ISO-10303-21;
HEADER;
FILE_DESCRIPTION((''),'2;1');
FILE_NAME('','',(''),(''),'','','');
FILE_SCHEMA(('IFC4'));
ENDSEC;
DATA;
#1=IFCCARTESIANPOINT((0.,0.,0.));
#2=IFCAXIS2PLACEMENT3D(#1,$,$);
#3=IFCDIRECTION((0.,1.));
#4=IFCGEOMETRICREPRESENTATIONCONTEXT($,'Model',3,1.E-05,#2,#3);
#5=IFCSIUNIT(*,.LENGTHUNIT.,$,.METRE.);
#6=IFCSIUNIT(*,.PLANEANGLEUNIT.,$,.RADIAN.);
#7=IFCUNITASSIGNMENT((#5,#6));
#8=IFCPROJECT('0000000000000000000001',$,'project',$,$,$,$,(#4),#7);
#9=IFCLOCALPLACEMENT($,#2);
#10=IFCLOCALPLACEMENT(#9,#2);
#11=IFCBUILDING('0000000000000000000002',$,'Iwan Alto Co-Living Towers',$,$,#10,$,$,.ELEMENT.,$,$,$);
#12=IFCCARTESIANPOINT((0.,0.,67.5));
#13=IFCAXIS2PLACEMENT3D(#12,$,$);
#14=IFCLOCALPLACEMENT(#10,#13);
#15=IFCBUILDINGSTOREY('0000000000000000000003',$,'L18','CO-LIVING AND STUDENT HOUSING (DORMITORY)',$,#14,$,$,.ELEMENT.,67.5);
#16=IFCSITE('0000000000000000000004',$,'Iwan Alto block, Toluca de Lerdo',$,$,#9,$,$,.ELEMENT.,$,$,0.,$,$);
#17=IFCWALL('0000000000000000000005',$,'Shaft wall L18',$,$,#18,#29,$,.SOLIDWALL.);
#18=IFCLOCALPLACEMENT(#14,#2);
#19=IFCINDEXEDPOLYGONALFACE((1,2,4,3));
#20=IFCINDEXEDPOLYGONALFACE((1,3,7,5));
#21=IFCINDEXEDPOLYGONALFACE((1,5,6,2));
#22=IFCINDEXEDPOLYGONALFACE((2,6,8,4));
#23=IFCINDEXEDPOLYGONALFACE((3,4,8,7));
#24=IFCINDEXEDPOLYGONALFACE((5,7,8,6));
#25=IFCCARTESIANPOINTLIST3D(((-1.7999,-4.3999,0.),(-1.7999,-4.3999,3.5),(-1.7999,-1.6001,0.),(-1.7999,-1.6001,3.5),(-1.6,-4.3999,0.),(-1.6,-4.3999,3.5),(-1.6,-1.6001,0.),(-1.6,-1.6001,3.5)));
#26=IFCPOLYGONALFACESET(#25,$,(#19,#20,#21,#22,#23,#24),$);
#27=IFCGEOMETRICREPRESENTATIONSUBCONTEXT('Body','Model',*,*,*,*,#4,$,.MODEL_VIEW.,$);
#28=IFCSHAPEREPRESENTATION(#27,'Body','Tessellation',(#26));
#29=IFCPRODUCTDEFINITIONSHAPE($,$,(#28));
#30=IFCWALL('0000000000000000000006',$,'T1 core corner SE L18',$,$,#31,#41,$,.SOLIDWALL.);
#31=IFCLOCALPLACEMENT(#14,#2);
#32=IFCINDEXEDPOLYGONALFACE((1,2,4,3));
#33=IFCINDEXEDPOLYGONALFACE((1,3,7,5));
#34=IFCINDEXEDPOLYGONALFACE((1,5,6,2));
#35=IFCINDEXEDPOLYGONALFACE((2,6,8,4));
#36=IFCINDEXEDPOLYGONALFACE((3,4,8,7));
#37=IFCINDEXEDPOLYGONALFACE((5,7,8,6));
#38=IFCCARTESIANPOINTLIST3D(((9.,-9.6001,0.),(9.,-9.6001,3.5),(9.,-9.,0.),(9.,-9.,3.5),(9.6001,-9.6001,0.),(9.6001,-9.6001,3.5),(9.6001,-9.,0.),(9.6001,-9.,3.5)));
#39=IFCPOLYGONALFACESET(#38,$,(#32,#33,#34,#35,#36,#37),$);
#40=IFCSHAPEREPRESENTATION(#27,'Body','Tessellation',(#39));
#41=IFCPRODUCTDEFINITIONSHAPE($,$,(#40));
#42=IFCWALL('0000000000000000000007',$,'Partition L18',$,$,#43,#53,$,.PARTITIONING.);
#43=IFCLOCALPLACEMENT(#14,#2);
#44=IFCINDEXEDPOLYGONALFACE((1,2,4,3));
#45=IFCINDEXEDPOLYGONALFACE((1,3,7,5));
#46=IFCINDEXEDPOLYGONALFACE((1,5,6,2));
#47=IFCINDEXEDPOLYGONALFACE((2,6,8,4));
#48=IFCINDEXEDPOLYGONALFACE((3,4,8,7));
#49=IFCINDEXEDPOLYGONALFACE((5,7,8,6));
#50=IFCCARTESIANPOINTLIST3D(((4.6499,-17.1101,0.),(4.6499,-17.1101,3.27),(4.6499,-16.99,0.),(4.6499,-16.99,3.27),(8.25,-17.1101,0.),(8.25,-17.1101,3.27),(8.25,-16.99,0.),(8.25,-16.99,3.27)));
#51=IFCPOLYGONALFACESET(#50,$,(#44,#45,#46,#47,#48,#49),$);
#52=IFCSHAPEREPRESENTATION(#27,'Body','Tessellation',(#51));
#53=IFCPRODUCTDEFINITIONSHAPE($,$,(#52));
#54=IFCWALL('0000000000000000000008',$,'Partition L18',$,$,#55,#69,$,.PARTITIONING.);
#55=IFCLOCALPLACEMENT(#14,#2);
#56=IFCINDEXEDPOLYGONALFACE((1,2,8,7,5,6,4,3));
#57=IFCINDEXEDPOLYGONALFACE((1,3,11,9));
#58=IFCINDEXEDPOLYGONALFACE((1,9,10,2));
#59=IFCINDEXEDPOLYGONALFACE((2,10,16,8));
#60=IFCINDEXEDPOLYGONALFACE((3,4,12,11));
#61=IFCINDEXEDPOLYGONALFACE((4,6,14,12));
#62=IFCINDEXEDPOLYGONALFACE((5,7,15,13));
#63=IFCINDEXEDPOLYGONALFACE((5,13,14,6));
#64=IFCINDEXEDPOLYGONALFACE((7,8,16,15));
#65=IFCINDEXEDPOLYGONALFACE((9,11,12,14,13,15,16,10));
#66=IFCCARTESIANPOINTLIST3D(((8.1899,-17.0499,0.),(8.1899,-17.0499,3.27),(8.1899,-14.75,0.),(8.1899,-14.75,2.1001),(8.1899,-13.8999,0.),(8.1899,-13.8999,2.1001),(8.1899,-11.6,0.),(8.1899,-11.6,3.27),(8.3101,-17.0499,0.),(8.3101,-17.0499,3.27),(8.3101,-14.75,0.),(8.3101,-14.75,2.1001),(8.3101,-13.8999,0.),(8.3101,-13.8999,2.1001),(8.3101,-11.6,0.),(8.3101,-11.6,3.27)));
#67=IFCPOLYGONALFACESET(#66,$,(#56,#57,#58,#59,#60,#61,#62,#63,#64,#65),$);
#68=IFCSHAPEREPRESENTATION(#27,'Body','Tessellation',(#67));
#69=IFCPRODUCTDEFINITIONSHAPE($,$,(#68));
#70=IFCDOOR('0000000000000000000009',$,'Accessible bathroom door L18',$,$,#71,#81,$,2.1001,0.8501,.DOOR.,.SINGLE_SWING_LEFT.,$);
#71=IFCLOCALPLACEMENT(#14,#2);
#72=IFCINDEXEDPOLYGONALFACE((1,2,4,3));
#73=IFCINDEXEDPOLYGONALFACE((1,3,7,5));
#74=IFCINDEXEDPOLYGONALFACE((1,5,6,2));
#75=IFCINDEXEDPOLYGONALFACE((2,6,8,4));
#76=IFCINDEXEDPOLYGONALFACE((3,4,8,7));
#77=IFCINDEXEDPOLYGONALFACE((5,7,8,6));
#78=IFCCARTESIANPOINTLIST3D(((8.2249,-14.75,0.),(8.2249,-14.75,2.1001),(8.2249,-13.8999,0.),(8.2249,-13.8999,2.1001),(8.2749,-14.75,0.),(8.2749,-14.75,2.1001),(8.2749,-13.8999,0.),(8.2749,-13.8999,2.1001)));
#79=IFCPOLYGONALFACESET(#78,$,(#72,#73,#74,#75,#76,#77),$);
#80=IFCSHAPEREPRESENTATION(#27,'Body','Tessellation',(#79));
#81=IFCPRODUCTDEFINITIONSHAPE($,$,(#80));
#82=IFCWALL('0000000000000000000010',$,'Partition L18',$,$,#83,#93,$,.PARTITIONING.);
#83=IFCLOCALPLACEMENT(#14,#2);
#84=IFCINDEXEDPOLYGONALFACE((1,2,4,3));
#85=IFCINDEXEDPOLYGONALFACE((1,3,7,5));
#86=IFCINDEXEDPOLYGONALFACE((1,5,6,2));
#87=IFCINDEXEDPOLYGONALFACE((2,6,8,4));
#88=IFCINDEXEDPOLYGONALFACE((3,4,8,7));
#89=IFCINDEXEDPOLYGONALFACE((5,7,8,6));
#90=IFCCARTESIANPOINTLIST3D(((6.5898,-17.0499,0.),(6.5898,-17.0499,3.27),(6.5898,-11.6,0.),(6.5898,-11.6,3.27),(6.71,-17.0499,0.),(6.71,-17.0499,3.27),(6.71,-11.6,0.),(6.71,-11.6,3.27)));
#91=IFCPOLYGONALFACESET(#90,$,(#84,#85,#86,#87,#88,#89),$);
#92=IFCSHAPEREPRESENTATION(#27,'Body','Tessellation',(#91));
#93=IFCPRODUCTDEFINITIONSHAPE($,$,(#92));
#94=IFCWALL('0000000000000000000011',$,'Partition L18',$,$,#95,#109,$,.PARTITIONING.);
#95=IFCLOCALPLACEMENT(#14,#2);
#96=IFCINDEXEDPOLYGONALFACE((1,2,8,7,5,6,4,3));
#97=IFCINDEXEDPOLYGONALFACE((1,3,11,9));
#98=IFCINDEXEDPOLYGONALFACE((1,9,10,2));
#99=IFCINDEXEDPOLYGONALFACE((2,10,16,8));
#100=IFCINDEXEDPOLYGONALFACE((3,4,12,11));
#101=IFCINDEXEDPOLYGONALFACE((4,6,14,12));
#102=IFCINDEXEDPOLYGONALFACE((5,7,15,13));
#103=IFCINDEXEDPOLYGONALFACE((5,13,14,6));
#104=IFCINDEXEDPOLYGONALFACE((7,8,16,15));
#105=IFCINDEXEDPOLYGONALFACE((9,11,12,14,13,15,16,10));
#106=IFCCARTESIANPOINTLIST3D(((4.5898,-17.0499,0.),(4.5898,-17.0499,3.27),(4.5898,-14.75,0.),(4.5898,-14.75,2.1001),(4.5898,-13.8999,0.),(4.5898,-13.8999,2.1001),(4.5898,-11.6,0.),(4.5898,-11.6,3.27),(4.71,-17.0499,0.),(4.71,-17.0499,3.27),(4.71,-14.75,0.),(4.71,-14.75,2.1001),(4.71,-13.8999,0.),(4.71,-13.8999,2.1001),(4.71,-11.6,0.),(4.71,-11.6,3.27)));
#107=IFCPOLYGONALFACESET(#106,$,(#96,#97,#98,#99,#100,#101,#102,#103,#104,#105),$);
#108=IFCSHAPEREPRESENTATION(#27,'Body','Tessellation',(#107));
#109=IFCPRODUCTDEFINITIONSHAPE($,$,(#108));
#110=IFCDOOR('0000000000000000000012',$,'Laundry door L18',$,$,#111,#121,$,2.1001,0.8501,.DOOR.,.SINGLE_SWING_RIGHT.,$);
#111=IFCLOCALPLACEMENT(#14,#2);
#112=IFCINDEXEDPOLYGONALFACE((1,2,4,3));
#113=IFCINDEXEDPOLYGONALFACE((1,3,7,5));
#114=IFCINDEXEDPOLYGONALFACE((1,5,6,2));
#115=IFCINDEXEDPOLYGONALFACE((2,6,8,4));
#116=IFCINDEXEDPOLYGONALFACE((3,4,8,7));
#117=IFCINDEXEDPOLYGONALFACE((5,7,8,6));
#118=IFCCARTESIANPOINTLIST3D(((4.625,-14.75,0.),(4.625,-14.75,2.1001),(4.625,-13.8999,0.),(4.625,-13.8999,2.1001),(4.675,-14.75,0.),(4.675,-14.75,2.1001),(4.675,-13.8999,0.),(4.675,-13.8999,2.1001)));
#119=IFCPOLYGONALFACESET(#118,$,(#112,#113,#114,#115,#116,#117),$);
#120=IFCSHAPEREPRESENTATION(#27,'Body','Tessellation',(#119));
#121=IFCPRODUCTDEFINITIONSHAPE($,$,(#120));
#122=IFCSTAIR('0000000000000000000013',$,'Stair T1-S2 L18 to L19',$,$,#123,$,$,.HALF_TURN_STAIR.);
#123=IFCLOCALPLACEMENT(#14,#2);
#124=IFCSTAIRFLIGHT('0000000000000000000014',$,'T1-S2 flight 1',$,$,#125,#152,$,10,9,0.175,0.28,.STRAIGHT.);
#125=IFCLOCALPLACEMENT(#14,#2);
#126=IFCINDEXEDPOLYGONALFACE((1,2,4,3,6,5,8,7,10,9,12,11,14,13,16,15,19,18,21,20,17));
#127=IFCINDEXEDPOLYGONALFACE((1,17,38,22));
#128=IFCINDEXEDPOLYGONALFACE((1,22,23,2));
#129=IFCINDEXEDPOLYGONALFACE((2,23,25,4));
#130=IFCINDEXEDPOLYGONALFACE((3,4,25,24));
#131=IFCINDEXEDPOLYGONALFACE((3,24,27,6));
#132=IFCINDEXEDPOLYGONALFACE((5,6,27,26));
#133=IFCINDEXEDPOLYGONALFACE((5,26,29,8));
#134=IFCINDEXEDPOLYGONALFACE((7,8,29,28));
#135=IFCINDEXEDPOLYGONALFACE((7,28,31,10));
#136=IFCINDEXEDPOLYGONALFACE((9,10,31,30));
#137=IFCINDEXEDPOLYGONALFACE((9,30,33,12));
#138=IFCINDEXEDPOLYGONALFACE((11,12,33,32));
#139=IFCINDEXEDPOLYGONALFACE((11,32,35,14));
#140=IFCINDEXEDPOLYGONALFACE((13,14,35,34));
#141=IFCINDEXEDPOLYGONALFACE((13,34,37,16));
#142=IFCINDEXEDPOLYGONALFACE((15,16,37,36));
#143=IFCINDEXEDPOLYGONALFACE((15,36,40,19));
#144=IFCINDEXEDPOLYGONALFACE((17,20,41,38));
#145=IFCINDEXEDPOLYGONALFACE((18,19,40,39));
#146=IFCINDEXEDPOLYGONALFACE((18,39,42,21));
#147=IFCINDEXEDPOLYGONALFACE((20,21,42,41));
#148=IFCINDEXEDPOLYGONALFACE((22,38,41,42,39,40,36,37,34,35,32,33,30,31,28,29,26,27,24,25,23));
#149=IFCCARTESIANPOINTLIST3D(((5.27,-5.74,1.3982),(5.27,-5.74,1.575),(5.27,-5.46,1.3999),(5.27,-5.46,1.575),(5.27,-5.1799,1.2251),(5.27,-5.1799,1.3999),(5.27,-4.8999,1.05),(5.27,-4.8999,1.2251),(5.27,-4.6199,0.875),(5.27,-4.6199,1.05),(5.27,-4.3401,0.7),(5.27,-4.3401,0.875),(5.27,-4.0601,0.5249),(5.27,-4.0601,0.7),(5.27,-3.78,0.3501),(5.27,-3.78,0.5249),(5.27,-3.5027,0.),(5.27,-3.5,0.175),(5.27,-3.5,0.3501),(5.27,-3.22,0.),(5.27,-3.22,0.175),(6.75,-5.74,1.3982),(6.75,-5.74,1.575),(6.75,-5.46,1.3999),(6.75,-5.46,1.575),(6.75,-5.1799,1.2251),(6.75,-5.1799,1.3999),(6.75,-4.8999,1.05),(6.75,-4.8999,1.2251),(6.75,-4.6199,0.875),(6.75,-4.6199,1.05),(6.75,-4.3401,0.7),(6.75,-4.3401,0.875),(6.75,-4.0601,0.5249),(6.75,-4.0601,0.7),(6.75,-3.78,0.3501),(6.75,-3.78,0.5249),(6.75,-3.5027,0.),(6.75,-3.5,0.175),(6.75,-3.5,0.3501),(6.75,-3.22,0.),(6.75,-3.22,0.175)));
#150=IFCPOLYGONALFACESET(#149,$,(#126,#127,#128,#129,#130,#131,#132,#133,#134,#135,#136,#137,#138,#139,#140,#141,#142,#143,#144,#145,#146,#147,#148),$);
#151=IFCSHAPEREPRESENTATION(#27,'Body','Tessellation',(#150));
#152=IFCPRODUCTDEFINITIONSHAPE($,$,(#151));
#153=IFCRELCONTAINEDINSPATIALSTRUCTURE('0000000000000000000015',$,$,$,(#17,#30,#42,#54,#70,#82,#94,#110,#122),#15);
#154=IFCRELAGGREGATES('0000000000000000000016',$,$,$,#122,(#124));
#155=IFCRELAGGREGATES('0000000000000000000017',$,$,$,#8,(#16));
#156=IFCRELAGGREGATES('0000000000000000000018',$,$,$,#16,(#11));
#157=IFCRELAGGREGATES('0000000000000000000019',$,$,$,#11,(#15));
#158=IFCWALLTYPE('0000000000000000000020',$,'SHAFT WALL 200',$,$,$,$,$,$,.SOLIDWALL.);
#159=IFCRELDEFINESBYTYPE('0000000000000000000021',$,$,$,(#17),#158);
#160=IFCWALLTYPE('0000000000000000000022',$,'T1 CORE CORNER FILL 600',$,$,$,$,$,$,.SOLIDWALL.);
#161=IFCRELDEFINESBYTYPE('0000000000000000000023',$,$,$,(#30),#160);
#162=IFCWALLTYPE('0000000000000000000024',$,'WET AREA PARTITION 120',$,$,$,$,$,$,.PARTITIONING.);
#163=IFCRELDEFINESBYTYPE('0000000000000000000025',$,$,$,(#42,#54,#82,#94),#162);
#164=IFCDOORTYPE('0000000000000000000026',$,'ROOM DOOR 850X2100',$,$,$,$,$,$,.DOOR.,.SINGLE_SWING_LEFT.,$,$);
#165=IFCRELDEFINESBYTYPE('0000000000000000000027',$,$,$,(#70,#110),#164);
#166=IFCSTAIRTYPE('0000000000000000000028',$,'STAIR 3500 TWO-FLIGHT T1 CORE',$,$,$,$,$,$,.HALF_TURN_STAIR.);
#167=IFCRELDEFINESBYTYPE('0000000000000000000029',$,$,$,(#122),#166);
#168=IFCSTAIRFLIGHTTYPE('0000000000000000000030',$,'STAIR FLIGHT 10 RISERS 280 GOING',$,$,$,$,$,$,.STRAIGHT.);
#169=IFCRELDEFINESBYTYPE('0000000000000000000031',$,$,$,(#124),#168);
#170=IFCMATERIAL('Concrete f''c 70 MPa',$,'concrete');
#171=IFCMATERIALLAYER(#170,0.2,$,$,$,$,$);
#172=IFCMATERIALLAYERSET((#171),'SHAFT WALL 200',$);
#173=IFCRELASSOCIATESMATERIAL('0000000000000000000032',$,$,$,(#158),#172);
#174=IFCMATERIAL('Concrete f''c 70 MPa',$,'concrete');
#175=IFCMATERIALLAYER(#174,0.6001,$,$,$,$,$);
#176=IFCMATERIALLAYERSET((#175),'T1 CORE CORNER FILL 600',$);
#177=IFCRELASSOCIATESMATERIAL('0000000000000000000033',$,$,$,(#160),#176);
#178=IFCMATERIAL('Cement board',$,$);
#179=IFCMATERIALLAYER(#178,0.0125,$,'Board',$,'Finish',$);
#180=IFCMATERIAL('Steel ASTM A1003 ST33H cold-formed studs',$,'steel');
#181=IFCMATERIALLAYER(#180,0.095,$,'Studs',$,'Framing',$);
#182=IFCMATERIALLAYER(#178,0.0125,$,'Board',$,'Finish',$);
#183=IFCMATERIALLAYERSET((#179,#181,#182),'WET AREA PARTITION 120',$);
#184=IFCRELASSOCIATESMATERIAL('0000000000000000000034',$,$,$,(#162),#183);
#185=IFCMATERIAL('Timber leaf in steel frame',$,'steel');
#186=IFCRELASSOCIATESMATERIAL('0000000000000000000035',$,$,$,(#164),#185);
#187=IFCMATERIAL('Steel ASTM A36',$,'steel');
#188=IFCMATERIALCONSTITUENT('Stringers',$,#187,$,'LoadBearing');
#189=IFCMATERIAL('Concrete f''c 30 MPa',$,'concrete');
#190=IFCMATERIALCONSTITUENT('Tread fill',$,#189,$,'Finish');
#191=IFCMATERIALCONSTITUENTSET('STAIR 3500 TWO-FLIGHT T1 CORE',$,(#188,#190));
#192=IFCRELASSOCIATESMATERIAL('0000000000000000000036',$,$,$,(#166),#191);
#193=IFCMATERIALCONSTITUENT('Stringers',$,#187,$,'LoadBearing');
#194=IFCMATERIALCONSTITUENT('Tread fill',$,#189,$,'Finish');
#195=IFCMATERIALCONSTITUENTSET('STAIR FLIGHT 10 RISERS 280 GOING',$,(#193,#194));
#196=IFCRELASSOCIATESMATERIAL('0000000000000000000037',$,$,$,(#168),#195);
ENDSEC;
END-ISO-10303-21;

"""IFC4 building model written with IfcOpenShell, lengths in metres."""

from ifc_helpers import new_model, si_unit, direction, frame, frame_2d, origin, place, context, subcontext, project, spatial, polyline, rectangle, outline, extrude, material, layer, layer_set, constituent, constituent_set, type_object, element, fill, aggregate, save


model = new_model("IFC4")

# Units and contexts
model_context = context("Model", 3, precision=1e-05, world=origin(), true_north=direction((0.0, 1.0)))
body_context = subcontext(model_context, "Body", "Model", "MODEL_VIEW")
ifc_project = project(units=[si_unit("LENGTHUNIT", "METRE"), si_unit("PLANEANGLEUNIT", "RADIAN")], contexts=[model_context])

# Site, building, storey
site_placement = place(None, origin())
site = spatial("IfcSite", under=ifc_project, at=site_placement, Name="Iwan Alto block, Toluca de Lerdo", CompositionType="ELEMENT", RefElevation=0.0)
building_placement = place(site_placement, origin())
building = spatial("IfcBuilding", under=site, at=building_placement, Name="Iwan Alto Co-Living Towers", CompositionType="ELEMENT")
storey_placement = place(building_placement, frame((0.0, 0.0, 67.5)))
storey = spatial("IfcBuildingStorey", under=building, at=storey_placement, Name="L18", Description="CO-LIVING AND STUDENT HOUSING (DORMITORY)", CompositionType="ELEMENT", Elevation=67.5)

# Shared definitions
ifc_material_1 = material(Name="Concrete f'c 70 MPa", Category="concrete")
ifc_layer_1 = layer(ifc_material_1, 0.2)
ifc_layer_set_1 = layer_set([ifc_layer_1], Name="SHAFT WALL 200")
wall_type_1 = type_object("IfcWallType", Name="SHAFT WALL 200", PredefinedType="SOLIDWALL", material=ifc_layer_set_1)

# Walls
wall_1_placement = place(storey_placement, frame((-1.7, -4.3999, 0.0), z_axis=(0.0, 0.0, 1.0), x_axis=(0.0, 1.0, 0.0)))
element("IfcWall", 1, at=wall_1_placement, inside=storey, type_object=wall_type_1, Name="Shaft wall L18", PredefinedType="SOLIDWALL", context=body_context, shape_type="SweptSolid", body=[
    extrude(rectangle(XDim=2.7998, YDim=0.2, at=frame_2d((1.3999, 0.0))), origin(), (0.0, 0.0, 1.0), 3.5),
])
ifc_material_2 = material(Name="Concrete f'c 70 MPa", Category="concrete")
ifc_layer_2 = layer(ifc_material_2, 0.6001)
ifc_layer_set_2 = layer_set([ifc_layer_2], Name="T1 CORE CORNER FILL 600")
wall_type_2 = type_object("IfcWallType", Name="T1 CORE CORNER FILL 600", PredefinedType="SOLIDWALL", material=ifc_layer_set_2)
wall_2_placement = place(storey_placement, frame((9.0, -9.3, 0.0), z_axis=(0.0, 0.0, 1.0), x_axis=(1.0, 0.0, 0.0)))
element("IfcWall", 2, at=wall_2_placement, inside=storey, type_object=wall_type_2, Name="T1 core corner SE L18", PredefinedType="SOLIDWALL", context=body_context, shape_type="SweptSolid", body=[
    extrude(rectangle(XDim=0.6001, YDim=0.6001, at=frame_2d((0.3, 0.0))), origin(), (0.0, 0.0, 1.0), 3.5),
])
ifc_material_3 = material(Name="Cement board")
ifc_layer_3 = layer(ifc_material_3, 0.0125, Name="Board", Category="Finish")
ifc_material_4 = material(Name="Steel ASTM A1003 ST33H cold-formed studs", Category="steel")
ifc_layer_4 = layer(ifc_material_4, 0.095, Name="Studs", Category="Framing")
ifc_layer_5 = layer(ifc_material_3, 0.0125, Name="Board", Category="Finish")
ifc_layer_set_3 = layer_set([ifc_layer_3, ifc_layer_4, ifc_layer_5], Name="WET AREA PARTITION 120")
wall_type_3 = type_object("IfcWallType", Name="WET AREA PARTITION 120", PredefinedType="PARTITIONING", material=ifc_layer_set_3)
wall_3_placement = place(storey_placement, frame((4.6499, -17.05, 0.0), z_axis=(0.0, 0.0, 1.0), x_axis=(1.0, 0.0, 0.0)))
element("IfcWall", 3, at=wall_3_placement, inside=storey, type_object=wall_type_3, Name="Partition L18", PredefinedType="PARTITIONING", context=body_context, shape_type="SweptSolid", body=[
    extrude(rectangle(XDim=3.6001, YDim=0.1201, at=frame_2d((1.8, 0.0))), origin(), (0.0, 0.0, 1.0), 3.27),
])

# Wall, opening, door
wall_4_placement = place(storey_placement, frame((8.25, -17.05, 0.0), z_axis=(0.0, 0.0, 1.0), x_axis=(0.0, 1.0, 0.0)))
wall_4 = element("IfcWall", 4, at=wall_4_placement, inside=storey, type_object=wall_type_3, Name="Partition L18", PredefinedType="PARTITIONING", context=body_context, shape_type="SweptSolid", body=[
    extrude(rectangle(XDim=5.45, YDim=0.1201, at=frame_2d((2.7251, 0.0))), origin(), (0.0, 0.0, 1.0), 3.27),
])
opening_1_placement = place(wall_4_placement, frame((2.3, 0.0, 0.0)))
opening_1 = element("IfcOpeningElement", 5, at=opening_1_placement, cuts=wall_4, PredefinedType="OPENING", context=body_context, shape_type="SweptSolid", body=[
    extrude(rectangle(XDim=0.8501, YDim=2.1001, at=frame_2d((0.425, 1.05))), frame((0.0, 0.0701, 0.0), z_axis=(0.0, -1.0, 0.0), x_axis=(1.0, 0.0, 0.0)), (0.0, 0.0, 1.0), 0.1401),
])
ifc_material_5 = material(Name="Timber leaf in steel frame", Category="steel")
door_type_1 = type_object("IfcDoorType", Name="ROOM DOOR 850X2100", OperationType="SINGLE_SWING_LEFT", PredefinedType="DOOR", material=ifc_material_5)
door_1_placement = place(opening_1_placement, frame((0.8501, 0.0, 0.0), z_axis=(0.0, 0.0, 1.0), x_axis=(-1.0, 0.0, 0.0)))
door_1 = element("IfcDoor", 6, at=door_1_placement, inside=storey, type_object=door_type_1, Name="Accessible bathroom door L18", OperationType="SINGLE_SWING_LEFT", OverallHeight=2.1001, OverallWidth=0.8501, PredefinedType="DOOR", context=body_context, shape_type="SweptSolid", body=[
    extrude(rectangle(XDim=0.8501, YDim=2.1001, at=frame_2d((0.425, 1.05))), frame((0.0, 0.0249, 0.0), z_axis=(0.0, -1.0, 0.0), x_axis=(1.0, 0.0, 0.0)), (0.0, 0.0, 1.0), 0.05),
])
fill(opening_1, door_1)

# Wall
wall_5_placement = place(storey_placement, frame((6.6499, -17.05, 0.0), z_axis=(0.0, 0.0, 1.0), x_axis=(0.0, 1.0, 0.0)))
element("IfcWall", 7, at=wall_5_placement, inside=storey, type_object=wall_type_3, Name="Partition L18", PredefinedType="PARTITIONING", context=body_context, shape_type="SweptSolid", body=[
    extrude(rectangle(XDim=5.45, YDim=0.1201, at=frame_2d((2.7251, 0.0))), origin(), (0.0, 0.0, 1.0), 3.27),
])

# Wall, opening, door
wall_6_placement = place(storey_placement, frame((4.6499, -17.05, 0.0), z_axis=(0.0, 0.0, 1.0), x_axis=(0.0, 1.0, 0.0)))
wall_6 = element("IfcWall", 8, at=wall_6_placement, inside=storey, type_object=wall_type_3, Name="Partition L18", PredefinedType="PARTITIONING", context=body_context, shape_type="SweptSolid", body=[
    extrude(rectangle(XDim=5.45, YDim=0.1201, at=frame_2d((2.7251, 0.0))), origin(), (0.0, 0.0, 1.0), 3.27),
])
opening_2_placement = place(wall_6_placement, frame((2.3, 0.0, 0.0)))
opening_2 = element("IfcOpeningElement", 9, at=opening_2_placement, cuts=wall_6, PredefinedType="OPENING", context=body_context, shape_type="SweptSolid", body=[
    extrude(rectangle(XDim=0.8501, YDim=2.1001, at=frame_2d((0.425, 1.05))), frame((0.0, 0.0701, 0.0), z_axis=(0.0, -1.0, 0.0), x_axis=(1.0, 0.0, 0.0)), (0.0, 0.0, 1.0), 0.1401),
])
door_2_placement = place(opening_2_placement, origin())
door_2 = element("IfcDoor", 10, at=door_2_placement, inside=storey, type_object=door_type_1, Name="Laundry door L18", OperationType="SINGLE_SWING_RIGHT", OverallHeight=2.1001, OverallWidth=0.8501, PredefinedType="DOOR", context=body_context, shape_type="SweptSolid", body=[
    extrude(rectangle(XDim=0.8501, YDim=2.1001, at=frame_2d((0.425, 1.05))), frame((0.0, 0.0249, 0.0), z_axis=(0.0, -1.0, 0.0), x_axis=(1.0, 0.0, 0.0)), (0.0, 0.0, 1.0), 0.05),
])
fill(opening_2, door_2)

# Stair, stair flight
ifc_material_6 = material(Name="Steel ASTM A36", Category="steel")
ifc_constituent_1 = constituent(ifc_material_6, Name="Stringers", Category="LoadBearing")
ifc_material_7 = material(Name="Concrete f'c 30 MPa", Category="concrete")
ifc_constituent_2 = constituent(ifc_material_7, Name="Tread fill", Category="Finish")
ifc_constituent_set_1 = constituent_set(constituents=[ifc_constituent_1, ifc_constituent_2], Name="STAIR 3500 TWO-FLIGHT T1 CORE")
stair_type = type_object("IfcStairType", Name="STAIR 3500 TWO-FLIGHT T1 CORE", PredefinedType="HALF_TURN_STAIR", material=ifc_constituent_set_1)
stair_placement = place(storey_placement, origin())
stair = element("IfcStair", 11, at=stair_placement, inside=storey, type_object=stair_type, Name="Stair T1-S2 L18 to L19", PredefinedType="HALF_TURN_STAIR")
ifc_constituent_3 = constituent(ifc_material_6, Name="Stringers", Category="LoadBearing")
ifc_constituent_4 = constituent(ifc_material_7, Name="Tread fill", Category="Finish")
ifc_constituent_set_2 = constituent_set(constituents=[ifc_constituent_3, ifc_constituent_4], Name="STAIR FLIGHT 10 RISERS 280 GOING")
stair_flight_type = type_object("IfcStairFlightType", Name="STAIR FLIGHT 10 RISERS 280 GOING", PredefinedType="STRAIGHT", material=ifc_constituent_set_2)
stair_flight_1_placement = place(storey_placement, frame((6.01, -3.22, 0.0), z_axis=(0.0, 0.0, 1.0), x_axis=(0.0, -1.0, 0.0)))
stair_flight_1 = element("IfcStairFlight", 12, at=stair_flight_1_placement, type_object=stair_flight_type, Name="T1-S2 flight 1", NumberOfRisers=10, NumberOfTreads=9, PredefinedType="STRAIGHT", RiserHeight=0.175, TreadLength=0.28, context=body_context, shape_type="SweptSolid", body=[
    extrude(outline(polyline([(0.0, 0.0), (0.0, 0.175), (0.28, 0.175), (0.28, 0.3501), (0.5601, 0.3501), (0.5601, 0.5249), (0.8401, 0.5249), (0.8401, 0.7), (1.1201, 0.7), (1.1201, 0.875), (1.3999, 0.875), (1.3999, 1.05), (1.6799, 1.05), (1.6799, 1.2251), (1.96, 1.2251), (1.96, 1.3999), (2.24, 1.3999), (2.24, 1.575), (2.52, 1.575), (2.52, 1.75), (2.52, 1.3982), (0.2827, 0.0), (0.0, 0.0)])), frame((0.0, 0.74, 0.0), z_axis=(0.0, -1.0, 0.0), x_axis=(1.0, 0.0, 0.0)), (0.0, 0.0, 1.0), 1.48),
])
aggregate(stair, [stair_flight_1])

save(model, "model.ifc")
